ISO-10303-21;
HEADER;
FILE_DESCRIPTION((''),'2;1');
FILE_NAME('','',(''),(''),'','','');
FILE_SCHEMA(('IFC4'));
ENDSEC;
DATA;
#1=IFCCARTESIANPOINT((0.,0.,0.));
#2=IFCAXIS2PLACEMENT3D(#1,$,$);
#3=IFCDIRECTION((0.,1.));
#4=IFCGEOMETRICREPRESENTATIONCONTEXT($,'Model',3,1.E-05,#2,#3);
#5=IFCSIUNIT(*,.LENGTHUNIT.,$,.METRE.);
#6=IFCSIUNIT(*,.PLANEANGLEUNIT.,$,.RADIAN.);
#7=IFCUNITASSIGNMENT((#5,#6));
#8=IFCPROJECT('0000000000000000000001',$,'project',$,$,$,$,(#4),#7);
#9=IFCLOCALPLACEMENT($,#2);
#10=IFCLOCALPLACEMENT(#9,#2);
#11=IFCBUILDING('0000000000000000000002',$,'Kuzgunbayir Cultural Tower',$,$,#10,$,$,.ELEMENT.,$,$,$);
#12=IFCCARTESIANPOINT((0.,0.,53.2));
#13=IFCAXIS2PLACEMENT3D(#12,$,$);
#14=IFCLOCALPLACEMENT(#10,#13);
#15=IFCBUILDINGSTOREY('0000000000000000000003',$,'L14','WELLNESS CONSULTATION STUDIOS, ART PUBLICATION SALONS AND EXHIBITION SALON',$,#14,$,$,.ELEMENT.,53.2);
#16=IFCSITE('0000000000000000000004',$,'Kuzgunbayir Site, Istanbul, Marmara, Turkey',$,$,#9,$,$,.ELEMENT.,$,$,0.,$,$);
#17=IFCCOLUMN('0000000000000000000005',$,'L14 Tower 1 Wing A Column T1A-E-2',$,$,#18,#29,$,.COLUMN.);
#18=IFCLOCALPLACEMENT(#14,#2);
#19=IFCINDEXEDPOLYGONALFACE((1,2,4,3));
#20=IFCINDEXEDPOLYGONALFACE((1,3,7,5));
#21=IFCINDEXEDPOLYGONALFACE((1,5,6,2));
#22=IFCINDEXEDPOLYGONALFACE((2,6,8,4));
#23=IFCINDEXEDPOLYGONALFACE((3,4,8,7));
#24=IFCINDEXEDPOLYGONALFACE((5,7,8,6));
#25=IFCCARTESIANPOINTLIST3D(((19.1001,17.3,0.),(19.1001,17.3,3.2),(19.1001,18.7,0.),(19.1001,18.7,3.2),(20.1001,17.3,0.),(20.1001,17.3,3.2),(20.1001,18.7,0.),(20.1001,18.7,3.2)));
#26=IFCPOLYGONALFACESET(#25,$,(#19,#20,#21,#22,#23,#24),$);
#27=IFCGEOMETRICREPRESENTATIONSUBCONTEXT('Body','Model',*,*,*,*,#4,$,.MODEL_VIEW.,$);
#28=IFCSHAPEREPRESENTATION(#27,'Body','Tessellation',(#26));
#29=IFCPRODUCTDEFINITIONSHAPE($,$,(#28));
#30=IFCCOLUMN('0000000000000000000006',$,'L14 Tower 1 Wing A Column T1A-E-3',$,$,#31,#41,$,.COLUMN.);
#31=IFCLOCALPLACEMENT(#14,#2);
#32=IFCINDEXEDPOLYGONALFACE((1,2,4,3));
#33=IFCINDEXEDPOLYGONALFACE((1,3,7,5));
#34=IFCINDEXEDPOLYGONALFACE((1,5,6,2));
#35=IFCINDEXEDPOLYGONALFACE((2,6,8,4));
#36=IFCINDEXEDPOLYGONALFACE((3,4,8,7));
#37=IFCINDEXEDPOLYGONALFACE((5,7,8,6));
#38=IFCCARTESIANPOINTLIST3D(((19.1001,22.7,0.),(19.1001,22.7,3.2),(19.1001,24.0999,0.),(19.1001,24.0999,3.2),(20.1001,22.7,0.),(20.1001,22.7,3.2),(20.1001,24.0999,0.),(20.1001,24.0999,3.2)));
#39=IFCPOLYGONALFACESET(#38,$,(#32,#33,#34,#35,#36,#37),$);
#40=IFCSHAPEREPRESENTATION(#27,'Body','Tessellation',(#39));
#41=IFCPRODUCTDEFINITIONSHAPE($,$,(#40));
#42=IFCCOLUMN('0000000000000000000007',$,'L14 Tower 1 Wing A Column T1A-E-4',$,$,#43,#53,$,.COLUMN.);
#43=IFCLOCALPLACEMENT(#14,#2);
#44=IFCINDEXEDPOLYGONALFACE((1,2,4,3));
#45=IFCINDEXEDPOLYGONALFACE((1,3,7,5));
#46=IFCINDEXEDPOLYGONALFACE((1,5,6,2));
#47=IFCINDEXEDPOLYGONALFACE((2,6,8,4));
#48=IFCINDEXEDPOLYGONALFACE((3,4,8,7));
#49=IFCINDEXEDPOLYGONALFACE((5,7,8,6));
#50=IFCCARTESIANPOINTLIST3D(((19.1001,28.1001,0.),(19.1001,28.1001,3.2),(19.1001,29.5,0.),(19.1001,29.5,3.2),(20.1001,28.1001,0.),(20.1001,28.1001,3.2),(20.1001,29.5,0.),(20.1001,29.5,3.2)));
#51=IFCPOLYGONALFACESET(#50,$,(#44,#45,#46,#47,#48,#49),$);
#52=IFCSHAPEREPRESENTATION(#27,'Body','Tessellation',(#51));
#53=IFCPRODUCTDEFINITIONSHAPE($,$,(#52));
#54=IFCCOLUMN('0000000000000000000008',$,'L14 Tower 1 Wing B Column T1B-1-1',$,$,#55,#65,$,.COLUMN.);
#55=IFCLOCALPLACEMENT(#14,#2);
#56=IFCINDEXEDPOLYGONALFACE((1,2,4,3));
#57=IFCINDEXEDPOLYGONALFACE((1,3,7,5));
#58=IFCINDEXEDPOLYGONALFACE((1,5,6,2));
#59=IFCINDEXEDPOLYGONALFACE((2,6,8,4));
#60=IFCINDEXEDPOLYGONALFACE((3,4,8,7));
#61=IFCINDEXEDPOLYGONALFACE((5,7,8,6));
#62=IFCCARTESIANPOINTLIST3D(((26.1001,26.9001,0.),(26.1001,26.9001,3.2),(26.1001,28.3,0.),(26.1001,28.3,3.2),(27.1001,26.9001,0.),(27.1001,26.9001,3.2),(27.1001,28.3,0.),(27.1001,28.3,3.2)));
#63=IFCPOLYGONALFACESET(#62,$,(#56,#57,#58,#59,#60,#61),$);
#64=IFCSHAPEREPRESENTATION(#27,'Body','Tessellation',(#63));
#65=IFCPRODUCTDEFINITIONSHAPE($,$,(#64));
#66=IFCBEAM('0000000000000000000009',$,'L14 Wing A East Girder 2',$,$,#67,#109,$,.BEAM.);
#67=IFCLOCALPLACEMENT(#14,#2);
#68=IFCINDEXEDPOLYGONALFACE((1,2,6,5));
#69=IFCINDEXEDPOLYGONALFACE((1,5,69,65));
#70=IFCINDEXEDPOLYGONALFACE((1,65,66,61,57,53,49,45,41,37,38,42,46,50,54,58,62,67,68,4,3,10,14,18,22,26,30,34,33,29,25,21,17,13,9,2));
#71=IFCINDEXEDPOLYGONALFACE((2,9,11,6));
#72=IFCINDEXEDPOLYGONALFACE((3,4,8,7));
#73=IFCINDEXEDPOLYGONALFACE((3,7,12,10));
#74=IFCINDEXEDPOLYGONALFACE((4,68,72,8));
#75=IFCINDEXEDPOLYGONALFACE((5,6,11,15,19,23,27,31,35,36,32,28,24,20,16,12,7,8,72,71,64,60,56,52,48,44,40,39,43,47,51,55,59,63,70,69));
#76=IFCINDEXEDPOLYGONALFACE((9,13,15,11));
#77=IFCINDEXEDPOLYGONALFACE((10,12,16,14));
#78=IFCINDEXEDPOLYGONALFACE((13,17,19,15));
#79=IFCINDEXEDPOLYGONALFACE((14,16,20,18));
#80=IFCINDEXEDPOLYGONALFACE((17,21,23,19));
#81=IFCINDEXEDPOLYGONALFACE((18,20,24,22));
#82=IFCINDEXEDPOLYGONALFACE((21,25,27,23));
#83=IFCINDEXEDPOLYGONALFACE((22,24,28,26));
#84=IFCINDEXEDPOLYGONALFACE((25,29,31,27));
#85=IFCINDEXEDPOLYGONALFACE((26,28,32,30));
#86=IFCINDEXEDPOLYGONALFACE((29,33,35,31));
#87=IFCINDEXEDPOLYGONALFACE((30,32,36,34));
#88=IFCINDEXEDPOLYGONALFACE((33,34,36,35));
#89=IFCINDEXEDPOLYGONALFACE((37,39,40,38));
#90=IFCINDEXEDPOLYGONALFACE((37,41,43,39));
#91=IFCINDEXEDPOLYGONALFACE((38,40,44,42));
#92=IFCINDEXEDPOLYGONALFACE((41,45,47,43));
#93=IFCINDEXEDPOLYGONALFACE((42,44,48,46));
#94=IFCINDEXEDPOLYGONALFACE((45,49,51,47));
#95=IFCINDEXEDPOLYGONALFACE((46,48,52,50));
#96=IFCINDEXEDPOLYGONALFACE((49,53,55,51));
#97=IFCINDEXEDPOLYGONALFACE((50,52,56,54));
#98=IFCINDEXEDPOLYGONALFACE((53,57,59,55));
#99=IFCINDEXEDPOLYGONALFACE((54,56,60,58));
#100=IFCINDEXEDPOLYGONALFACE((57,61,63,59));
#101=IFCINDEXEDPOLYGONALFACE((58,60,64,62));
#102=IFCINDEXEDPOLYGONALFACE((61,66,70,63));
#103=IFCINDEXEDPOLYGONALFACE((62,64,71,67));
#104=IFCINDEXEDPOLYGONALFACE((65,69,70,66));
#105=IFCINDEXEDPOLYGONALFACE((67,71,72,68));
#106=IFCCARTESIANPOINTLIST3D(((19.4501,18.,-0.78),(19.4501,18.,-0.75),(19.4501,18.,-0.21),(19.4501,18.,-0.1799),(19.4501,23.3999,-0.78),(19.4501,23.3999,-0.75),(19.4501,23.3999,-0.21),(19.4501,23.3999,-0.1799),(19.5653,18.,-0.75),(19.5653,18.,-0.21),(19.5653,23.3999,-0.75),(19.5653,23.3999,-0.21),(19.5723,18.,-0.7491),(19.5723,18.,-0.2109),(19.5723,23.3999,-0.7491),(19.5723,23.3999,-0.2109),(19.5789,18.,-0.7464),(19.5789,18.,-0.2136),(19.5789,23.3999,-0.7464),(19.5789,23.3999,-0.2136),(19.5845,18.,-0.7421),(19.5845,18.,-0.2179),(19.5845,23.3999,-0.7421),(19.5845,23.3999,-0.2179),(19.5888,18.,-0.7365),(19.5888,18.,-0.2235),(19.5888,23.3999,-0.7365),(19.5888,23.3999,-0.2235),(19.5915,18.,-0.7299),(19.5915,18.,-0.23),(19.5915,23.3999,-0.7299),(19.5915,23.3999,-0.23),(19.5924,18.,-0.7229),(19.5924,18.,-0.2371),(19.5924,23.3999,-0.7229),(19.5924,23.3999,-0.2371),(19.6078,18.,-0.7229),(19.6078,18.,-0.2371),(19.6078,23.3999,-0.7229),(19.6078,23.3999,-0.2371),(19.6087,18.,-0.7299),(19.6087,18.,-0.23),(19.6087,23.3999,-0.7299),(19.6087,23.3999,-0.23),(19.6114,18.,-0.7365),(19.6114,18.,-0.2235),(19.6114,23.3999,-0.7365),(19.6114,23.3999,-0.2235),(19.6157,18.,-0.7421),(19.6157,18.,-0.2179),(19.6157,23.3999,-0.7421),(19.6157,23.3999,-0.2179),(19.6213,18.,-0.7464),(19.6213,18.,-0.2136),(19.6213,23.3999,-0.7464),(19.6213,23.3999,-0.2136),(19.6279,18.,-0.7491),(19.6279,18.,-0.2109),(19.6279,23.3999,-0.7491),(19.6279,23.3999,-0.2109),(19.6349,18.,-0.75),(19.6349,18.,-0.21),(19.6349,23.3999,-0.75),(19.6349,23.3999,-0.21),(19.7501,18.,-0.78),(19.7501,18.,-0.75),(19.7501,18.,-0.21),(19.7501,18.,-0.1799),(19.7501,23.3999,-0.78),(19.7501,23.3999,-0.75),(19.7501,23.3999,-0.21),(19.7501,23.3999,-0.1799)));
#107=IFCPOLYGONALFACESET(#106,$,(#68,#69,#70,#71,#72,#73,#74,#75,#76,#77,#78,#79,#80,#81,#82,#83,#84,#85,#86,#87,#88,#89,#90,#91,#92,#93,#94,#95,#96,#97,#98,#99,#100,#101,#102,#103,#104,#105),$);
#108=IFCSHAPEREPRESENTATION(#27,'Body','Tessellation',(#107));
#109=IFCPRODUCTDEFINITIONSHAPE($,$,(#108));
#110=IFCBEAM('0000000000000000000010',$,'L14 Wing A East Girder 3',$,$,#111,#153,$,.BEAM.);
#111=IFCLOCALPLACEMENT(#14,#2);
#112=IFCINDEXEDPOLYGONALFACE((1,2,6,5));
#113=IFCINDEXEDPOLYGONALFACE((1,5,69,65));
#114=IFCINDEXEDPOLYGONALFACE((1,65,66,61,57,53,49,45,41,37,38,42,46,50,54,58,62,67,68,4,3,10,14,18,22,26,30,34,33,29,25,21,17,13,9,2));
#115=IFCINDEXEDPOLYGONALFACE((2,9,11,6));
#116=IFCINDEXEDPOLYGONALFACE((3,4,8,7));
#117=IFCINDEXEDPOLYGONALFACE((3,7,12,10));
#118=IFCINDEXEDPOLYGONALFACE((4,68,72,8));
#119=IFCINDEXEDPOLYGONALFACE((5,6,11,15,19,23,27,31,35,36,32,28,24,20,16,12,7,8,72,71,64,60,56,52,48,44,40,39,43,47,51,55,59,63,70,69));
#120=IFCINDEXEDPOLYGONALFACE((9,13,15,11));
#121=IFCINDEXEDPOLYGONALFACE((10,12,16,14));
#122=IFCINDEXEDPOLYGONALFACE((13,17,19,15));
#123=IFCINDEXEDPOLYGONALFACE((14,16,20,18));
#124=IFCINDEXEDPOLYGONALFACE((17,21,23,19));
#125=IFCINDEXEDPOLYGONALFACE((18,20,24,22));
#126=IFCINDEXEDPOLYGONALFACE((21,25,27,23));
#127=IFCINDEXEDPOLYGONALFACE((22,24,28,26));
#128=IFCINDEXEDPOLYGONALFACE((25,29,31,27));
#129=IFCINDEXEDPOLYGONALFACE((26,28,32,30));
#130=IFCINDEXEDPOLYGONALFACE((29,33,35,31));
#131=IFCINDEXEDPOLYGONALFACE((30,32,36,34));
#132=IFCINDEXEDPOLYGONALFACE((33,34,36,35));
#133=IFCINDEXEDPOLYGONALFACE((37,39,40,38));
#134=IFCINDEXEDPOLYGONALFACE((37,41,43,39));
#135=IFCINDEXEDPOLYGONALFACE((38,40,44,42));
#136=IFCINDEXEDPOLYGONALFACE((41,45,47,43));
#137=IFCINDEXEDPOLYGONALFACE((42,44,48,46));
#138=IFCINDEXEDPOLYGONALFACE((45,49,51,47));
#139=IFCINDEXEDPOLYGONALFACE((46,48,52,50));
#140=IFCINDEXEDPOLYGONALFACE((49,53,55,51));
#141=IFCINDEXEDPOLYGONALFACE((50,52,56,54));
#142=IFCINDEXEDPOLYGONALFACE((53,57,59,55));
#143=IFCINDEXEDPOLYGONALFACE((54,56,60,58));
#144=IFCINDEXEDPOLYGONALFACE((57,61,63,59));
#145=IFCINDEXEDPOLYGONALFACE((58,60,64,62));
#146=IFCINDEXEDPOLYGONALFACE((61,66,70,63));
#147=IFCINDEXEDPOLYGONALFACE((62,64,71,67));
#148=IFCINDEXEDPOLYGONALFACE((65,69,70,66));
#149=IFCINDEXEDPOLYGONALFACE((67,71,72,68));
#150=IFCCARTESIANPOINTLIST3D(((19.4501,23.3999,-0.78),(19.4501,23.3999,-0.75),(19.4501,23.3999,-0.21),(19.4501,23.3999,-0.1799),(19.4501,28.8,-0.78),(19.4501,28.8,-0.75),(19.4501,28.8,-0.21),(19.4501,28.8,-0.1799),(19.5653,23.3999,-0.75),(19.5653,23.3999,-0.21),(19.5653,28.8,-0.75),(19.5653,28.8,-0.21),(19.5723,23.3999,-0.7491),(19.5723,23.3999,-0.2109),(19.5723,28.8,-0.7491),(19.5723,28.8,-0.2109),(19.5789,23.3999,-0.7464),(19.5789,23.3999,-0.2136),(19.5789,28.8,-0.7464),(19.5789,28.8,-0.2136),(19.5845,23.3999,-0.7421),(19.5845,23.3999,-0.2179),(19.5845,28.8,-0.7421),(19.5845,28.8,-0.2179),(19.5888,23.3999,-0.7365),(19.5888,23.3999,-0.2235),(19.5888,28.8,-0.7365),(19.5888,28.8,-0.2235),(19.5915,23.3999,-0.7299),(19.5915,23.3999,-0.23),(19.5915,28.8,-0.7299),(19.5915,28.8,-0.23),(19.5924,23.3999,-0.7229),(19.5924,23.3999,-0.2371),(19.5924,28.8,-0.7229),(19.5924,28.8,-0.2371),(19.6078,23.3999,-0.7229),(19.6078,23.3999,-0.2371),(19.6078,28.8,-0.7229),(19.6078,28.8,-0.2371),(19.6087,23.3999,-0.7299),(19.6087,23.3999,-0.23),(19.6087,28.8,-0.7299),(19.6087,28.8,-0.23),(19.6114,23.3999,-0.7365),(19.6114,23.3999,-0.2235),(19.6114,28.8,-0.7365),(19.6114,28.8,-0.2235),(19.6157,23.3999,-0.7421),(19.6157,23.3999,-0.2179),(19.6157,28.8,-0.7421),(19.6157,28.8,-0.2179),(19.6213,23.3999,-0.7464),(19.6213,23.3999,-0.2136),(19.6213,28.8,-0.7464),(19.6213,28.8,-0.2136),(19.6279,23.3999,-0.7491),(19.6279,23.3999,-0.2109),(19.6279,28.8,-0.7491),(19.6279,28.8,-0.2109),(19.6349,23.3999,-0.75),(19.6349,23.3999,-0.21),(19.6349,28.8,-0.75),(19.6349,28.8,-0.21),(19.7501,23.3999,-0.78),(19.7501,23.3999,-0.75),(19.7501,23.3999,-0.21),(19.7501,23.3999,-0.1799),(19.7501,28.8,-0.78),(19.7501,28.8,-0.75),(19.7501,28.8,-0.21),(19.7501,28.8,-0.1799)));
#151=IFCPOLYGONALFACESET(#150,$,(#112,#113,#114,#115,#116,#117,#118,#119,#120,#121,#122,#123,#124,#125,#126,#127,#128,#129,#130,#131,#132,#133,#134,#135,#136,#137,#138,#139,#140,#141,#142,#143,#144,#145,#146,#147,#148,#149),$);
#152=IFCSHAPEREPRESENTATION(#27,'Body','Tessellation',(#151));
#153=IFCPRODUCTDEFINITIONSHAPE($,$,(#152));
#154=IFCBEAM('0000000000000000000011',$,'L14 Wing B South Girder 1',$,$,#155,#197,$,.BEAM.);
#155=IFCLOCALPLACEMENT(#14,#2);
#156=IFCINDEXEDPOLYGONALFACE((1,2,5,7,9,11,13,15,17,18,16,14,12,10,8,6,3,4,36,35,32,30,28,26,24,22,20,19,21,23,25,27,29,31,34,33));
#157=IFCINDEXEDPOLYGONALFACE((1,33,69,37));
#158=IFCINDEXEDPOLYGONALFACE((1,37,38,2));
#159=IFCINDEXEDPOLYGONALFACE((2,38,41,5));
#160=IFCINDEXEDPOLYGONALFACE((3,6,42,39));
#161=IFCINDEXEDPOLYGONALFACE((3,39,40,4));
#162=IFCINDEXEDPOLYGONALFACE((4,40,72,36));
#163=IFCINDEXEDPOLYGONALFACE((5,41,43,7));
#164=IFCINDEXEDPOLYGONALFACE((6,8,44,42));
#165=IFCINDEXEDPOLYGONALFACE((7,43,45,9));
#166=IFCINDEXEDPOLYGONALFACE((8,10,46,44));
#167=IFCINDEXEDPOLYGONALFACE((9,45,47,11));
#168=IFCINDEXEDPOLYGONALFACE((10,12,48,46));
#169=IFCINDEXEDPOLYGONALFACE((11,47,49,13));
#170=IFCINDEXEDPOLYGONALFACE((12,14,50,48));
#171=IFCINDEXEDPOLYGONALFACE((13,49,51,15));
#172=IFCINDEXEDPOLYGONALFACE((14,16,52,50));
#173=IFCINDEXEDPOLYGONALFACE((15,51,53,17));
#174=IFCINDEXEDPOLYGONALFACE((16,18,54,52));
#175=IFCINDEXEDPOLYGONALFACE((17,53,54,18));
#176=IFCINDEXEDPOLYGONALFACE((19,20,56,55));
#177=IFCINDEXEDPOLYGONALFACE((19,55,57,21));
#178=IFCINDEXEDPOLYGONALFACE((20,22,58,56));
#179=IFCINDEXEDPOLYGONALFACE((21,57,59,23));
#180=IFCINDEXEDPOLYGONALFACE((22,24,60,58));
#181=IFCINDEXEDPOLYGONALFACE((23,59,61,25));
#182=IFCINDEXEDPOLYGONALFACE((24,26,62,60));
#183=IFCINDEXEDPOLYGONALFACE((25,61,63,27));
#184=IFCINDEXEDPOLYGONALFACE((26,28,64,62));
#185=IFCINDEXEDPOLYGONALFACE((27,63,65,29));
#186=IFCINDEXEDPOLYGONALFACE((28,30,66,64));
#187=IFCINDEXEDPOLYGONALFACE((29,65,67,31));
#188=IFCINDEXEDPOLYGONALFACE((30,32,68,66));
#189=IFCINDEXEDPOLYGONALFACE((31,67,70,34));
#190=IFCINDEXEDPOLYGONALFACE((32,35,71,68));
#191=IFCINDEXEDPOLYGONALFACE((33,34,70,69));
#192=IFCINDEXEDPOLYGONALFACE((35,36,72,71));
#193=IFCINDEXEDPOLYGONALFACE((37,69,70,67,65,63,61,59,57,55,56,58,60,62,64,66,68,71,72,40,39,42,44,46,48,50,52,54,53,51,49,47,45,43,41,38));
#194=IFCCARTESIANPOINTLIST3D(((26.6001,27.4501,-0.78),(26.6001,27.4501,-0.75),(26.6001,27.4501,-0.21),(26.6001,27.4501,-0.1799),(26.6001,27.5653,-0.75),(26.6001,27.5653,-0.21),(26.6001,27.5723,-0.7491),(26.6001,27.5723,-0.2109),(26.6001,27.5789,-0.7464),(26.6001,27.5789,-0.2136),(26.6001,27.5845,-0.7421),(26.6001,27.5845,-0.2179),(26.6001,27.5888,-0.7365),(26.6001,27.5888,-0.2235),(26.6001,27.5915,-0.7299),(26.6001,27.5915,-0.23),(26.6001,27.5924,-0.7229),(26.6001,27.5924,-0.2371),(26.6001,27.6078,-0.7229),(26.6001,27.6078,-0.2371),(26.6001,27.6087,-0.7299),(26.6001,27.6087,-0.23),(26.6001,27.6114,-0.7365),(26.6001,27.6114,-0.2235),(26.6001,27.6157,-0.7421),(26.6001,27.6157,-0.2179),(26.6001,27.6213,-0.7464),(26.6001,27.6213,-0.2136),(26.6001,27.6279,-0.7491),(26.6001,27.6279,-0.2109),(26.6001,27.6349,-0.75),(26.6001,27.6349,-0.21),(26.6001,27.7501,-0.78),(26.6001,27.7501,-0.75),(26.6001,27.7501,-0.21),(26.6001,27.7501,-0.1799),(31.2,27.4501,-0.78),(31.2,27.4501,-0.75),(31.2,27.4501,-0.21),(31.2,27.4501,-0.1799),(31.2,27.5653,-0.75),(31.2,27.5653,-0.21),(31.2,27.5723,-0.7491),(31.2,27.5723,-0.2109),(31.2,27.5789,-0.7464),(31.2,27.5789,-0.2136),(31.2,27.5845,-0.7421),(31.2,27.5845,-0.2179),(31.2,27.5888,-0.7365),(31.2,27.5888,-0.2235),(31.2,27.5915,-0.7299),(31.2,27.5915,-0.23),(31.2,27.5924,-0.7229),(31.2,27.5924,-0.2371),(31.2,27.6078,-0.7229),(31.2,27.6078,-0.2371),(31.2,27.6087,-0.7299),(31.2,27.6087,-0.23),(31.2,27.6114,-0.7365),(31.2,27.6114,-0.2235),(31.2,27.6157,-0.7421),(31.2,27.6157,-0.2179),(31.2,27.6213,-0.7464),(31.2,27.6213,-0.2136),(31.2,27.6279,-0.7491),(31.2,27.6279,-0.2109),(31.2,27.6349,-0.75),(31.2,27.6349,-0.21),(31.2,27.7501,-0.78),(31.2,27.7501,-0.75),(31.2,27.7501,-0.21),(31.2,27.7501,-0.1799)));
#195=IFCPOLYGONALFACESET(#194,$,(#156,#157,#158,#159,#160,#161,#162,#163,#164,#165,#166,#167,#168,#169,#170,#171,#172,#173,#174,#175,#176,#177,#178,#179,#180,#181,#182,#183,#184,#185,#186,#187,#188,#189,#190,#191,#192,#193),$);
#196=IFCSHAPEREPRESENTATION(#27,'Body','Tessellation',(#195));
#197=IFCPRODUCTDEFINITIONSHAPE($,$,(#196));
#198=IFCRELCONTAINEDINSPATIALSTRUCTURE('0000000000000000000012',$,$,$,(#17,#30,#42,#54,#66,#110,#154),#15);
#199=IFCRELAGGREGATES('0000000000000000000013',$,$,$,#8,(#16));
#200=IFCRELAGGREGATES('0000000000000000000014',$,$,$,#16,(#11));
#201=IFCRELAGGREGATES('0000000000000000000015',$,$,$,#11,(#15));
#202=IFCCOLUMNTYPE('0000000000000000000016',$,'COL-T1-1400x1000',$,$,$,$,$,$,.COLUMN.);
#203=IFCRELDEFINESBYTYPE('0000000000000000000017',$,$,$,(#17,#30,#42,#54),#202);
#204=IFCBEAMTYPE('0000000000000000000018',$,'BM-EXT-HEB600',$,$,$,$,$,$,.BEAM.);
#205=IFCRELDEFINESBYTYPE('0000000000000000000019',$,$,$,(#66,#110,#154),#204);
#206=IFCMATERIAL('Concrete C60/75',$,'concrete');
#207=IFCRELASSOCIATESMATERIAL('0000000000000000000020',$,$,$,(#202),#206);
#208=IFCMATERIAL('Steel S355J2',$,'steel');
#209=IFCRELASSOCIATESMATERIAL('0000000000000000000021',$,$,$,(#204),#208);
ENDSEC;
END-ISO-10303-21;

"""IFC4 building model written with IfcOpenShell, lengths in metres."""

from ifc_helpers import new_model, si_unit, direction, frame, origin, origin_2d, place, context, subcontext, project, spatial, rectangle, i_section, extrude, material, material_profile, profile_set, type_object, element, save


model = new_model("IFC4")

# Units and contexts
model_context = context("Model", 3, precision=1e-05, world=origin(), true_north=direction((0.0, 1.0)))
body_context = subcontext(model_context, "Body", "Model", "MODEL_VIEW")
ifc_project = project(units=[si_unit("LENGTHUNIT", "METRE"), si_unit("PLANEANGLEUNIT", "RADIAN")], contexts=[model_context])

# Site, building, storey
site_placement = place(None, origin())
site = spatial("IfcSite", under=ifc_project, at=site_placement, Name="Kuzgunbayir Site, Istanbul, Marmara, Turkey", CompositionType="ELEMENT", RefElevation=0.0)
building_placement = place(site_placement, origin())
building = spatial("IfcBuilding", under=site, at=building_placement, Name="Kuzgunbayir Cultural Tower", CompositionType="ELEMENT")
storey_placement = place(building_placement, frame((0.0, 0.0, 53.2)))
storey = spatial("IfcBuildingStorey", under=building, at=storey_placement, Name="L14", Description="WELLNESS CONSULTATION STUDIOS, ART PUBLICATION SALONS AND EXHIBITION SALON", CompositionType="ELEMENT", Elevation=53.2)

# Columns
ifc_material_1 = material(Name="Concrete C60/75", Category="concrete")
ifc_material_profile_1 = material_profile(ifc_material_1, rectangle(XDim=1.0, YDim=1.3999, at=origin_2d()), Name="RC 1400x1000")
ifc_profile_set_1 = profile_set([ifc_material_profile_1], Name="Concrete C60/75")
column_type = type_object("IfcColumnType", Name="COL-T1-1400x1000", PredefinedType="COLUMN", material=ifc_profile_set_1)
for number, where, z_axis, x_axis, name in (
    (1, (19.6001, 18.0, 0.0), (0.0, 0.0, 1.0), (1.0, 0.0, 0.0), "L14 Tower 1 Wing A Column T1A-E-2"),
    (2, (19.6001, 23.3999, 0.0), (0.0, 0.0, 1.0), (1.0, 0.0, 0.0), "L14 Tower 1 Wing A Column T1A-E-3"),
    (3, (19.6001, 28.8, 0.0), (0.0, 0.0, 1.0), (1.0, 0.0, 0.0), "L14 Tower 1 Wing A Column T1A-E-4"),
    (4, (26.6001, 27.6001, 0.0), (0.0, 0.0, 1.0), (1.0, 0.0, 0.0), "L14 Tower 1 Wing B Column T1B-1-1"),
):
    element("IfcColumn", number, at=place(storey_placement, frame(where, z_axis=z_axis, x_axis=x_axis)), inside=storey, type_object=column_type, Name=name, PredefinedType="COLUMN", context=body_context, shape_type="SweptSolid", body=[
        extrude(rectangle(XDim=1.0, YDim=1.3999, at=origin_2d()), origin(), (0.0, 0.0, 1.0), 3.2),
    ])

# Beams
ifc_material_2 = material(Name="Steel S355J2", Category="steel")
ifc_material_profile_2 = material_profile(ifc_material_2, i_section(OverallWidth=0.3, OverallDepth=0.6001, WebThickness=0.0154, FlangeThickness=0.03, FilletRadius=0.0271, at=origin_2d()), Name="HEB 600")
ifc_profile_set_2 = profile_set([ifc_material_profile_2], Name="Steel S355J2")
beam_type_1 = type_object("IfcBeamType", Name="BM-EXT-HEB600", PredefinedType="BEAM", material=ifc_profile_set_2)
beam_1_placement = place(storey_placement, frame((19.6001, 18.0, -0.48), z_axis=(0.0, 1.0, 0.0), x_axis=(-1.0, 0.0, 0.0)))
element("IfcBeam", 5, at=beam_1_placement, inside=storey, type_object=beam_type_1, Name="L14 Wing A East Girder 2", PredefinedType="BEAM", context=body_context, shape_type="SweptSolid", body=[
    extrude(i_section(OverallWidth=0.3, OverallDepth=0.6001, WebThickness=0.0154, FlangeThickness=0.03, FilletRadius=0.0271, at=origin_2d()), origin(), (0.0, 0.0, 1.0), 5.3999),
])
beam_2_placement = place(storey_placement, frame((19.6001, 23.3999, -0.48), z_axis=(0.0, 1.0, 0.0), x_axis=(-1.0, 0.0, 0.0)))
element("IfcBeam", 6, at=beam_2_placement, inside=storey, type_object=beam_type_1, Name="L14 Wing A East Girder 3", PredefinedType="BEAM", context=body_context, shape_type="SweptSolid", body=[
    extrude(i_section(OverallWidth=0.3, OverallDepth=0.6001, WebThickness=0.0154, FlangeThickness=0.03, FilletRadius=0.0271, at=origin_2d()), origin(), (0.0, 0.0, 1.0), 5.4001),
])
beam_3_placement = place(storey_placement, frame((26.6001, 27.6001, -0.48), z_axis=(1.0, 0.0, 0.0), x_axis=(0.0, 1.0, 0.0)))
element("IfcBeam", 7, at=beam_3_placement, inside=storey, type_object=beam_type_1, Name="L14 Wing B South Girder 1", PredefinedType="BEAM", context=body_context, shape_type="SweptSolid", body=[
    extrude(i_section(OverallWidth=0.3, OverallDepth=0.6001, WebThickness=0.0154, FlangeThickness=0.03, FilletRadius=0.0271, at=origin_2d()), origin(), (0.0, 0.0, 1.0), 4.5999),
])

save(model, "model.ifc")
